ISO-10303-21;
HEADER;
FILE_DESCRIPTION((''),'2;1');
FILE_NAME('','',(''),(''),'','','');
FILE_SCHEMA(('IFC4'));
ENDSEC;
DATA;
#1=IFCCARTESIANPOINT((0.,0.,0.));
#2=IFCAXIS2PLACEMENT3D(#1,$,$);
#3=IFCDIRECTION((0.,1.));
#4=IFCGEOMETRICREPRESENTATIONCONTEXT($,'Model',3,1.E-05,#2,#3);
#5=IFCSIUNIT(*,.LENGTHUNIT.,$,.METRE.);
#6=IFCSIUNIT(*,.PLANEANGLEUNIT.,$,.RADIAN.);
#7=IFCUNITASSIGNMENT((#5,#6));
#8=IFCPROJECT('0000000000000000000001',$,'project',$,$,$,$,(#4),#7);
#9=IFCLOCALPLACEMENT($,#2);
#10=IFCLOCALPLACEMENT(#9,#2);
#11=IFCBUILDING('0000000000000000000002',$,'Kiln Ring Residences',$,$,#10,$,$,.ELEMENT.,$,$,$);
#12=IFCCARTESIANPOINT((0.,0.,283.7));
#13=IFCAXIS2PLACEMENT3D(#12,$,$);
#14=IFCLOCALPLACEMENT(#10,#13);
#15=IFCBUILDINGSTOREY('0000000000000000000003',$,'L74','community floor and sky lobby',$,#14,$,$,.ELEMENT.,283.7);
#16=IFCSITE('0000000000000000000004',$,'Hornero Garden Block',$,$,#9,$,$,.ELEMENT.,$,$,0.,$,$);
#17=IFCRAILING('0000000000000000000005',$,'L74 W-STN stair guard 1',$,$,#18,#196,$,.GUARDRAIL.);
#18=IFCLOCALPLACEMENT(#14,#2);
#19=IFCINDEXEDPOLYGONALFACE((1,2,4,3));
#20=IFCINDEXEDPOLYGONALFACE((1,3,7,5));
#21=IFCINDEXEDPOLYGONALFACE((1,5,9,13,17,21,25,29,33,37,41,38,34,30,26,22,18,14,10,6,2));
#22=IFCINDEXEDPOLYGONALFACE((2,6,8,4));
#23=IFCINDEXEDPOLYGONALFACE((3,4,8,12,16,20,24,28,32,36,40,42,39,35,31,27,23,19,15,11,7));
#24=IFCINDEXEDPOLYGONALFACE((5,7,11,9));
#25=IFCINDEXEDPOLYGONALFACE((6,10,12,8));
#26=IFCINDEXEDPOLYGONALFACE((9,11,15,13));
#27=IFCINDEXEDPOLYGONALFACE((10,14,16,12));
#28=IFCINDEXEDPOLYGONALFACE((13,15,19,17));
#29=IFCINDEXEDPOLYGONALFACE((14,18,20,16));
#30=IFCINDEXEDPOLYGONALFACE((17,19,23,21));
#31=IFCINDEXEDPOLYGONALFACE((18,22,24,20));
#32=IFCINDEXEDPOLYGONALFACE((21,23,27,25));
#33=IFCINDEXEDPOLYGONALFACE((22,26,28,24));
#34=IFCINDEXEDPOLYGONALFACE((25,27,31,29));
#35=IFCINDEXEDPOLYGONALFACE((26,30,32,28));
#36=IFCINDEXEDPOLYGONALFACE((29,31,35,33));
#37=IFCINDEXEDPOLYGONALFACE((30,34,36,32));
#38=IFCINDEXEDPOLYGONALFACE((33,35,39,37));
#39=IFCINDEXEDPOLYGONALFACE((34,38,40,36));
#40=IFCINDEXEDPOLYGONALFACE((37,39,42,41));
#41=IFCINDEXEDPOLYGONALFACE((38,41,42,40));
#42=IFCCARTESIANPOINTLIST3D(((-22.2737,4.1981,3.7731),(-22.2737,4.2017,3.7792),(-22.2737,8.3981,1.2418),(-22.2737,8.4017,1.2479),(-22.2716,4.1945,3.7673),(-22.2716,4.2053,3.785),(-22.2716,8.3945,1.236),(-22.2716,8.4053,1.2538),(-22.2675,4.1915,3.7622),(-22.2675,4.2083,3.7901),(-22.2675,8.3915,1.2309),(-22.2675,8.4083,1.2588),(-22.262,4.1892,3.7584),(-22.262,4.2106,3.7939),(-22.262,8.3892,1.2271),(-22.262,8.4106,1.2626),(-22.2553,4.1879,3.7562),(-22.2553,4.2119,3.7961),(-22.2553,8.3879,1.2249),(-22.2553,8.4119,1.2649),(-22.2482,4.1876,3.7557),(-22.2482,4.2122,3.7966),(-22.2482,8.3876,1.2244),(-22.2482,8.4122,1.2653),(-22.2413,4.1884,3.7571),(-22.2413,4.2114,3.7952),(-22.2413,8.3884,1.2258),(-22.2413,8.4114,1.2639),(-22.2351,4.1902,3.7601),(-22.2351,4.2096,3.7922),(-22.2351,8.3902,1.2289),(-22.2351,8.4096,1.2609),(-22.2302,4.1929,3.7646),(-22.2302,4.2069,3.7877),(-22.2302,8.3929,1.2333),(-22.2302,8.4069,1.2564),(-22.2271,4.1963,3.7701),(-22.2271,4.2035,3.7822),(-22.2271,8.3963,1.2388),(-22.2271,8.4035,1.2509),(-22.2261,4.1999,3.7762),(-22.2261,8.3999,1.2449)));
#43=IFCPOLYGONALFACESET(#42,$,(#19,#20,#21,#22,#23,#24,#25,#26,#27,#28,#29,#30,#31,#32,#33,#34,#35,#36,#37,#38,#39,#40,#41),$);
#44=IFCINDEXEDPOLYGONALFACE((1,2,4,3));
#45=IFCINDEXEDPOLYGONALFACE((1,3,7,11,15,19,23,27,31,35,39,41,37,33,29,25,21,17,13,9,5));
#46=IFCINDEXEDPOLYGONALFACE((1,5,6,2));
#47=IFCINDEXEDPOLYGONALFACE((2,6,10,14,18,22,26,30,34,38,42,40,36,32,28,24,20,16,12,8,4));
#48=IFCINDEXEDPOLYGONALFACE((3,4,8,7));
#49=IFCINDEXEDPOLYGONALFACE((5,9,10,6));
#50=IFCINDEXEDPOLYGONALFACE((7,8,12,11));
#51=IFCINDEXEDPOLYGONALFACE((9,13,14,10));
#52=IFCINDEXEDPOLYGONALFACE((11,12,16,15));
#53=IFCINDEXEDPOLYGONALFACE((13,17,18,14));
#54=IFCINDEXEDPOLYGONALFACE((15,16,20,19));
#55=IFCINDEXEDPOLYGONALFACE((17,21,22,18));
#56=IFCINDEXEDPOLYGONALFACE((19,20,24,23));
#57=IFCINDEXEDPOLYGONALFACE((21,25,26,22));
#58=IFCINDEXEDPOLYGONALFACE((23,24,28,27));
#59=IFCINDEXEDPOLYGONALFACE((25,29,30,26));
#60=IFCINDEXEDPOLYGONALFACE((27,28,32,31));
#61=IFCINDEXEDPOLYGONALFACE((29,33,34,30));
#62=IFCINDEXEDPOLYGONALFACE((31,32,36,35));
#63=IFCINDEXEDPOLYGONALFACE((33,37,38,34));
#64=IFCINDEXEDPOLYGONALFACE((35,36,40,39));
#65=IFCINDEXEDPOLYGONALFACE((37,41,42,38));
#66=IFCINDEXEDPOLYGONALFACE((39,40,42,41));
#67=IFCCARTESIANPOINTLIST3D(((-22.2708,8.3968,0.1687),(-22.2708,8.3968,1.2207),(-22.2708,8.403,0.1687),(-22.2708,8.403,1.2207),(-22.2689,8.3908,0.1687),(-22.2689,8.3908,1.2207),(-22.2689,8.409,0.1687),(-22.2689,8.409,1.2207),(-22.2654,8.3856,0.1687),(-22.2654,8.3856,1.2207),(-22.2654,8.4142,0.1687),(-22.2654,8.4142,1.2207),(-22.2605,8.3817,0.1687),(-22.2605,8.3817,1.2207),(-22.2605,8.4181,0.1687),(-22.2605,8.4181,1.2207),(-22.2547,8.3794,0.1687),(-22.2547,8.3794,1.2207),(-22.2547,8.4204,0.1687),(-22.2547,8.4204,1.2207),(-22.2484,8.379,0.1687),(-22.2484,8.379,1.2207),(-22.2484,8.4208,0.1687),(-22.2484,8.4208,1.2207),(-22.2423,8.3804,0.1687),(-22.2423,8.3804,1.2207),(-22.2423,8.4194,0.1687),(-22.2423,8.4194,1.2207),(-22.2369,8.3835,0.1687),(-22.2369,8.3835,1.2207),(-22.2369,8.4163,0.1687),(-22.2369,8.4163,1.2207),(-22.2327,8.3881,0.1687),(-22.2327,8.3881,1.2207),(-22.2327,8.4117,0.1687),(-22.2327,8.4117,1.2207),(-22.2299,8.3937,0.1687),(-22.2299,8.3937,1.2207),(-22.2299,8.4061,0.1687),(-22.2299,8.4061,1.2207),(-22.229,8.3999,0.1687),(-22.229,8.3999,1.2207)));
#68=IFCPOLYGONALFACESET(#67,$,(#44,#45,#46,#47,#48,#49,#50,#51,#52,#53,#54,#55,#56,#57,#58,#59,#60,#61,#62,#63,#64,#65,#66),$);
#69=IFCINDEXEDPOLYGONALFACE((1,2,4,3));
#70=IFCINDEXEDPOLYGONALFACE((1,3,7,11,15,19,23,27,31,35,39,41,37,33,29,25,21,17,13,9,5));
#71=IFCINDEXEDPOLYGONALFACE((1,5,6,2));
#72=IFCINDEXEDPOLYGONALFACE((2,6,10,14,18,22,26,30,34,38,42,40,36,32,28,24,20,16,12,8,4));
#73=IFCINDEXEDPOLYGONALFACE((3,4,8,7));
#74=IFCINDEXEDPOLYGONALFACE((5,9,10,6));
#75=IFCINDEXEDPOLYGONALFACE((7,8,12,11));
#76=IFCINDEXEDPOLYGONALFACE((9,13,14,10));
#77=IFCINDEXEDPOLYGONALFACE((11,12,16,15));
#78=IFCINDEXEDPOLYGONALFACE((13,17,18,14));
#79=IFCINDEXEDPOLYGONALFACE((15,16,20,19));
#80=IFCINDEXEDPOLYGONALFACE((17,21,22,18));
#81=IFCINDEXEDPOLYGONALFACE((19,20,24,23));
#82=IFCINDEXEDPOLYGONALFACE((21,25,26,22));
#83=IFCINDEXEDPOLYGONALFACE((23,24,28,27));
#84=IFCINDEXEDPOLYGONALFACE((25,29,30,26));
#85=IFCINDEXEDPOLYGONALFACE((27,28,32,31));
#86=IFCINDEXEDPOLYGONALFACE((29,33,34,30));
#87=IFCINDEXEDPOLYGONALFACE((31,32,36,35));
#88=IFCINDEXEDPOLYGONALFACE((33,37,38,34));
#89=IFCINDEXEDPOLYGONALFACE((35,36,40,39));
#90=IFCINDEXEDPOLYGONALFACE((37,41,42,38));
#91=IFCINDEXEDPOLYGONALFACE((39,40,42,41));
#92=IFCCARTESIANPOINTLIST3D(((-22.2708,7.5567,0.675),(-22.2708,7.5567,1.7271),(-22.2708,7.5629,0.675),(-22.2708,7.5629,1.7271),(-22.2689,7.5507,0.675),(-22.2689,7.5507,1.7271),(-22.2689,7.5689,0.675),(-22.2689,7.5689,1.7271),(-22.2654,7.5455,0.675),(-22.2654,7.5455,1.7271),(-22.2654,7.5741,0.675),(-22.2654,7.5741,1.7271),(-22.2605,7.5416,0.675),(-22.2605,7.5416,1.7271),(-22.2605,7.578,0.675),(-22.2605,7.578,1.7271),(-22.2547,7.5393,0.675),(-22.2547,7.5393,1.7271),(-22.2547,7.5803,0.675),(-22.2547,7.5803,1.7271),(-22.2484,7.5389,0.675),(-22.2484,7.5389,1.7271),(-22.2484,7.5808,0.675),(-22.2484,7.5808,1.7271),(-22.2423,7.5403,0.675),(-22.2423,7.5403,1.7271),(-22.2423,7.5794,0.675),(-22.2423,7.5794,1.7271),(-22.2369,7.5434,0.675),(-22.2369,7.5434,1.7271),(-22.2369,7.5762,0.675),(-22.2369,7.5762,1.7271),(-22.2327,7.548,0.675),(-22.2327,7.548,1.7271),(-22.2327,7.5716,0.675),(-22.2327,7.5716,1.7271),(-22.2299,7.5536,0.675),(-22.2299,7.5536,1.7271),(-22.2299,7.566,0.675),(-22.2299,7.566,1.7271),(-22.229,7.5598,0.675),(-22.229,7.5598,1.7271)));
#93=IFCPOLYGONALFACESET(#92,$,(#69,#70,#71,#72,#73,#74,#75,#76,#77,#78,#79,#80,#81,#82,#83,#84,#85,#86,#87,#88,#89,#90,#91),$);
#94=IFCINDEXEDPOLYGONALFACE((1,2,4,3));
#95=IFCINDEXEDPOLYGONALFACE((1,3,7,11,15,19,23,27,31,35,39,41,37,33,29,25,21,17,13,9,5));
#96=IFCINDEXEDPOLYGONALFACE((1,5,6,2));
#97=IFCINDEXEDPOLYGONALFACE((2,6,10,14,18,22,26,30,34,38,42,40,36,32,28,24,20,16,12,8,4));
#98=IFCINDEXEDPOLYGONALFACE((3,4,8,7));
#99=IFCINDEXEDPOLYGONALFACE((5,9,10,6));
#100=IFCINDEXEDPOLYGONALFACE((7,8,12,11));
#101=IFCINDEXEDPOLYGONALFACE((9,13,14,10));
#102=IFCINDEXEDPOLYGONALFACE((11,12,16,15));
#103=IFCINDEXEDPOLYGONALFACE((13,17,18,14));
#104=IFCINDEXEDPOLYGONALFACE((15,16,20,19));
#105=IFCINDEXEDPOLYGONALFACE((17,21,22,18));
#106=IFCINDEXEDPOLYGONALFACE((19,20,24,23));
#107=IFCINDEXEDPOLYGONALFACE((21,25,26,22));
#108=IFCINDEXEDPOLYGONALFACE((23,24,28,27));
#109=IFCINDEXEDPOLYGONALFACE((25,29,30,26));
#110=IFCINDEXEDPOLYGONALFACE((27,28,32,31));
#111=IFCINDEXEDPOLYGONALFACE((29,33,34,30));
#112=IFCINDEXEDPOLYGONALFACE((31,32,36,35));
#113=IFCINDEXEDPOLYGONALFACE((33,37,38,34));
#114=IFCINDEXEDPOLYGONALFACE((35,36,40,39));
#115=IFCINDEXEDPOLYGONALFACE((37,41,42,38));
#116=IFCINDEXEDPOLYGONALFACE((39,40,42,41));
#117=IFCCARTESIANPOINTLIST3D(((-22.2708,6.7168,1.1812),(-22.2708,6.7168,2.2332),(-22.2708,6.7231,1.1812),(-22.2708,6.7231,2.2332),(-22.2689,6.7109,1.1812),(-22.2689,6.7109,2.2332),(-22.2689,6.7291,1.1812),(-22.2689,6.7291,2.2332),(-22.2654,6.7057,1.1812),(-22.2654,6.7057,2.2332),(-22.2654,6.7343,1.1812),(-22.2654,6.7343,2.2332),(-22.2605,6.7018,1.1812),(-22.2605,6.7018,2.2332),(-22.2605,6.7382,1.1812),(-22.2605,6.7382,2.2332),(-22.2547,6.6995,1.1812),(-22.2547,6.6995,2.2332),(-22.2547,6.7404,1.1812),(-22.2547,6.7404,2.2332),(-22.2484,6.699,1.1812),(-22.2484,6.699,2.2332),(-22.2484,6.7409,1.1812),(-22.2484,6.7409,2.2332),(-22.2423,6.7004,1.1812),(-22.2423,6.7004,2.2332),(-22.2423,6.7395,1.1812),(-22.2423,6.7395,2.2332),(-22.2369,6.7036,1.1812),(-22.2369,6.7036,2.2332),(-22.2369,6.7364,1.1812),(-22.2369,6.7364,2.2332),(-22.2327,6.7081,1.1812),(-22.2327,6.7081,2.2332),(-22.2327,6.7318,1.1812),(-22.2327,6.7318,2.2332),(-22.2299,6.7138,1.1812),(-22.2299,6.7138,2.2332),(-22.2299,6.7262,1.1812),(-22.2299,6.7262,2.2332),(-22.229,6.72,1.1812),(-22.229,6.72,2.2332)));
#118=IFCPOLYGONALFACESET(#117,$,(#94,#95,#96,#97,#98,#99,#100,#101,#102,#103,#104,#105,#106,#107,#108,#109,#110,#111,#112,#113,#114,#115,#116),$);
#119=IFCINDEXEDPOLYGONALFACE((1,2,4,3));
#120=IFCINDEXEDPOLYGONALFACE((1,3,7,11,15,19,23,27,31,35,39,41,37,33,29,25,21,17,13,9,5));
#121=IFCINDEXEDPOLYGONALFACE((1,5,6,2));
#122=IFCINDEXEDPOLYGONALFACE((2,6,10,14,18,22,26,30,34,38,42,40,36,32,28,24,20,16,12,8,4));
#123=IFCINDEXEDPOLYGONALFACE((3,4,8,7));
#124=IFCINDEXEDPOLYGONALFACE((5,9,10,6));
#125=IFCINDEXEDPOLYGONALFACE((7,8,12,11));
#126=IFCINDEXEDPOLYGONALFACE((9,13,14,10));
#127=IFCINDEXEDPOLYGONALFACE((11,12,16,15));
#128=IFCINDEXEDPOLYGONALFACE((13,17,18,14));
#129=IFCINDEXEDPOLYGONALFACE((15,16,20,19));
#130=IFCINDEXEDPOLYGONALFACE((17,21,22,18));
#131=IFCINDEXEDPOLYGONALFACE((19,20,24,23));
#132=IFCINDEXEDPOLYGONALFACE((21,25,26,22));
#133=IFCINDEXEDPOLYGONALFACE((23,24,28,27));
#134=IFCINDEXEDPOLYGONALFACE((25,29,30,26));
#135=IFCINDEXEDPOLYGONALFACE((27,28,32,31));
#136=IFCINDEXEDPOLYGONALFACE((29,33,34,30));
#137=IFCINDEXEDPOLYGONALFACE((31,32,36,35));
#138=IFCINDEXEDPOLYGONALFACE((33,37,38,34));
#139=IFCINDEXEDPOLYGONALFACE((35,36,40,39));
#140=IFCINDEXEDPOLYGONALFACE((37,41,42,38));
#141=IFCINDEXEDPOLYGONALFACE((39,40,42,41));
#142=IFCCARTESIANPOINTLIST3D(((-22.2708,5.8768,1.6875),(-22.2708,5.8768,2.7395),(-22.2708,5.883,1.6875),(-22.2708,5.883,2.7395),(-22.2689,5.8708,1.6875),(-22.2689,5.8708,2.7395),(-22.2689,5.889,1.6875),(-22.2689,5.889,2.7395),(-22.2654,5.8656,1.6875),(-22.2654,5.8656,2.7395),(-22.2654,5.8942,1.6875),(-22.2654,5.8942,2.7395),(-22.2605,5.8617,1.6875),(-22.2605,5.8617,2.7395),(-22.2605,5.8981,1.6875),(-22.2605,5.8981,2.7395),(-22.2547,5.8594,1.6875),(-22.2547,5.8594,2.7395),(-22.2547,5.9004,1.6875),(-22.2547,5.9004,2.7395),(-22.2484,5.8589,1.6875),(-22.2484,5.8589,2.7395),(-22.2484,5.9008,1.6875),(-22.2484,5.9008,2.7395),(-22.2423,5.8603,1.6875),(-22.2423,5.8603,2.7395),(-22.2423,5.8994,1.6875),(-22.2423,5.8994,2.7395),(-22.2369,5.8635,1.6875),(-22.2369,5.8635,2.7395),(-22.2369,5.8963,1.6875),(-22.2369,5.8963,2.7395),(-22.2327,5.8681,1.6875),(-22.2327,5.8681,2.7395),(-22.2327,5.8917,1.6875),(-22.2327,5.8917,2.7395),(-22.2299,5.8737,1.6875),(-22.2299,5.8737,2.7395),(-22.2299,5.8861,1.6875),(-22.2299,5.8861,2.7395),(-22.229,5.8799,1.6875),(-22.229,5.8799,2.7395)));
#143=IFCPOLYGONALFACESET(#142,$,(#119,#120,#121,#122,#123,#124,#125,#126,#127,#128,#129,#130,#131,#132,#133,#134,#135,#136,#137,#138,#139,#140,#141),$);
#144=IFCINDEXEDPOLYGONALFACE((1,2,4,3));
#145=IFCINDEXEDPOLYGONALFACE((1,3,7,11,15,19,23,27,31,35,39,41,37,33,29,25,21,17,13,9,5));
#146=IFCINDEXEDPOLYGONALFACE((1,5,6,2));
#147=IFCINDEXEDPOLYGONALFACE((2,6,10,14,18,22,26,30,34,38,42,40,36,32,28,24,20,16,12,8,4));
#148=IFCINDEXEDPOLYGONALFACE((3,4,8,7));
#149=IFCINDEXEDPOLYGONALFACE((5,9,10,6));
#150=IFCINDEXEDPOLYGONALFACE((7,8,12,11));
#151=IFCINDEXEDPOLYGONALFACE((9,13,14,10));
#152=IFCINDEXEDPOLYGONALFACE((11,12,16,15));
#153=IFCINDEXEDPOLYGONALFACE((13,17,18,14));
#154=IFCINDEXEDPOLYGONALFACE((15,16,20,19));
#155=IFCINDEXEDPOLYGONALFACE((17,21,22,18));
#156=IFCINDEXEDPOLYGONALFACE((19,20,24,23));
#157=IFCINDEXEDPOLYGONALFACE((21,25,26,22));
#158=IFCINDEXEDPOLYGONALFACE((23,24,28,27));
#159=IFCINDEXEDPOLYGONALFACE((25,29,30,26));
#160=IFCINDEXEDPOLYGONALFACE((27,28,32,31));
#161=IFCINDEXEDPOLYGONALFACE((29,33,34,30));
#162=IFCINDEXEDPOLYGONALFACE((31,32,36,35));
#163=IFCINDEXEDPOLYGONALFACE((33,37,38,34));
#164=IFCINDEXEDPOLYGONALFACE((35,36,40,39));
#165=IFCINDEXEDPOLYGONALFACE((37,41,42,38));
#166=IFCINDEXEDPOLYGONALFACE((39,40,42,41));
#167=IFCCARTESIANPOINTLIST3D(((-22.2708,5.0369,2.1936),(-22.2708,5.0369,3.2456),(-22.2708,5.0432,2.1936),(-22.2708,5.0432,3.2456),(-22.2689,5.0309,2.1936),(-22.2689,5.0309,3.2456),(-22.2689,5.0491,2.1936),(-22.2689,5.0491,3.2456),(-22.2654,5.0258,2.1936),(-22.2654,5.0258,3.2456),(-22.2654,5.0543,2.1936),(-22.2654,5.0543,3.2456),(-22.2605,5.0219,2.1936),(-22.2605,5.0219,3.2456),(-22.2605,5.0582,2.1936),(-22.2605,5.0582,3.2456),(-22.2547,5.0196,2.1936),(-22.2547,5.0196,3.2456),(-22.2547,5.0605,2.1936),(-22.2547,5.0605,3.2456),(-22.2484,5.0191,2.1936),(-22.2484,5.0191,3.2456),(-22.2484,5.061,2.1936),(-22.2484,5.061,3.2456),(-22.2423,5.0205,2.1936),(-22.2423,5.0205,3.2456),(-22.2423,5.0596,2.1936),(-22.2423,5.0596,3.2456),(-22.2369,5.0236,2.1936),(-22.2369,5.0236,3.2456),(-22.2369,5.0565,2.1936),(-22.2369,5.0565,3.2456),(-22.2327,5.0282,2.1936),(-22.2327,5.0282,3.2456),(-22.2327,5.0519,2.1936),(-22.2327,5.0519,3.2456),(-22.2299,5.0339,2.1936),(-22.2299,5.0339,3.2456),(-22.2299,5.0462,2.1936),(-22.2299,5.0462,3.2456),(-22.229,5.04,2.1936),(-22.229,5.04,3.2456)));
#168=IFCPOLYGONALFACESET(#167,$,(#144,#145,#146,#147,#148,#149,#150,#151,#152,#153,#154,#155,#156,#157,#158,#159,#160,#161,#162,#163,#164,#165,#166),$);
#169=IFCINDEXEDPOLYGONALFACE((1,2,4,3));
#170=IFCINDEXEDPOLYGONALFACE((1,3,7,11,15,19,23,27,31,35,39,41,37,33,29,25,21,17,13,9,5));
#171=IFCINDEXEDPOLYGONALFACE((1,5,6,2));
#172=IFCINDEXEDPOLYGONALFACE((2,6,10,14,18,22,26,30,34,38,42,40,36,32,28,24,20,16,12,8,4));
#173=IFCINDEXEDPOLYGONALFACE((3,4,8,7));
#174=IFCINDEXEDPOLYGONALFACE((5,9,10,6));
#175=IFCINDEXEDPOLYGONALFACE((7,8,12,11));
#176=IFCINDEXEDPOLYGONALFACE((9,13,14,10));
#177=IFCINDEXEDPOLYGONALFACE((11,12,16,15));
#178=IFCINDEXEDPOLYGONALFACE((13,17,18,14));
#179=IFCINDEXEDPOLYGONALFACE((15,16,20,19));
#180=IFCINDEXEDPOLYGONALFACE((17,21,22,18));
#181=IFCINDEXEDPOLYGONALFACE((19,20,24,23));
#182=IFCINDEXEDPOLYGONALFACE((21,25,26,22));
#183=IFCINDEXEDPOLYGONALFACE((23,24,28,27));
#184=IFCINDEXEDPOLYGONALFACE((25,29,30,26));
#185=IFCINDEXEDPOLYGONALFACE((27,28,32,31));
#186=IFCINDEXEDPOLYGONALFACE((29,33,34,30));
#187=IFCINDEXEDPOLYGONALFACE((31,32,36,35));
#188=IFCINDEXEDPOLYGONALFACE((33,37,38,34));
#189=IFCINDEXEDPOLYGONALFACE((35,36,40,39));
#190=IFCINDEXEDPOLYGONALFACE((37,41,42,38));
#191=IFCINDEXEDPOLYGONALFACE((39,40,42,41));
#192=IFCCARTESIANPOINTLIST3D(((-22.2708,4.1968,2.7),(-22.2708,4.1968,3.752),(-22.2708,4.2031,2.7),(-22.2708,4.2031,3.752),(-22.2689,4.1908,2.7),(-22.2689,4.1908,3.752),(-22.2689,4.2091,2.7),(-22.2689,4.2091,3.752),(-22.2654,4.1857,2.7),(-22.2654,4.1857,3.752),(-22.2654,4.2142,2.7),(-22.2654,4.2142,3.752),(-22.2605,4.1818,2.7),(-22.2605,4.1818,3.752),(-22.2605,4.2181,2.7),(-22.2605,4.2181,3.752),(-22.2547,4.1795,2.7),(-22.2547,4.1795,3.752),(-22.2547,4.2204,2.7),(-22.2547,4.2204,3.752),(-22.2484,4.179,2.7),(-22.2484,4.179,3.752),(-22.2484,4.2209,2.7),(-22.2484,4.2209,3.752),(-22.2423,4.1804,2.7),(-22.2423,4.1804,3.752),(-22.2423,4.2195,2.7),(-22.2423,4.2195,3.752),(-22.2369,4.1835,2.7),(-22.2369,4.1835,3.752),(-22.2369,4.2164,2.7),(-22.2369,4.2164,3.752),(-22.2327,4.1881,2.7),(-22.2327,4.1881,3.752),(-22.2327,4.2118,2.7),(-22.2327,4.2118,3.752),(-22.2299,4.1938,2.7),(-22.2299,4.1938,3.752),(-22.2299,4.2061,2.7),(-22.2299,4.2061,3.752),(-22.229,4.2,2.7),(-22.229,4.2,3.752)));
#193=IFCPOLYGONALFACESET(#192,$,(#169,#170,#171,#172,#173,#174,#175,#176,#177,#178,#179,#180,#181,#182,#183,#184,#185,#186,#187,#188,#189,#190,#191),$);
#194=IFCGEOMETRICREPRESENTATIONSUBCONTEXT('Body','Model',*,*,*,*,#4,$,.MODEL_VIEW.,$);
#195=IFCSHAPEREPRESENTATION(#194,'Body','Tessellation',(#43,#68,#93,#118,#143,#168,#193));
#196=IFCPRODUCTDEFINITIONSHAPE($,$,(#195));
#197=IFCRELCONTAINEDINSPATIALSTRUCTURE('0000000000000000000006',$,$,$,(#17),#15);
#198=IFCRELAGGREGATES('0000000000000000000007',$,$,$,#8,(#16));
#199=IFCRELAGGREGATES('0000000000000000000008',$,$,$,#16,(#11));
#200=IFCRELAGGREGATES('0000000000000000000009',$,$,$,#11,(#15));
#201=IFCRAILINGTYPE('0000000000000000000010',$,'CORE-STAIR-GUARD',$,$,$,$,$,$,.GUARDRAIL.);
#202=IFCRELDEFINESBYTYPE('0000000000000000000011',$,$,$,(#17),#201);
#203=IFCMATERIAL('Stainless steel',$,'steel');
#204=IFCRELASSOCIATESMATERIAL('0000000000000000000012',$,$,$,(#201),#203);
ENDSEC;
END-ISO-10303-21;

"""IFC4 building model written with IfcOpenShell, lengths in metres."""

from ifc_helpers import new_model, si_unit, direction, frame, origin, origin_2d, place, context, subcontext, project, spatial, circle, extrude, material, type_object, element, save


model = new_model("IFC4")

# Units and contexts
model_context = context("Model", 3, precision=1e-05, world=origin(), true_north=direction((0.0, 1.0)))
body_context = subcontext(model_context, "Body", "Model", "MODEL_VIEW")
ifc_project = project(units=[si_unit("LENGTHUNIT", "METRE"), si_unit("PLANEANGLEUNIT", "RADIAN")], contexts=[model_context])

# Site, building, storey
site_placement = place(None, origin())
site = spatial("IfcSite", under=ifc_project, at=site_placement, Name="Hornero Garden Block", CompositionType="ELEMENT", RefElevation=0.0)
building_placement = place(site_placement, origin())
building = spatial("IfcBuilding", under=site, at=building_placement, Name="Kiln Ring Residences", CompositionType="ELEMENT")
storey_placement = place(building_placement, frame((0.0, 0.0, 283.7)))
storey = spatial("IfcBuildingStorey", under=building, at=storey_placement, Name="L74", Description="community floor and sky lobby", CompositionType="ELEMENT", Elevation=283.7)

# Railing
ifc_material_1 = material(Name="Stainless steel", Category="steel")
railing_type_1 = type_object("IfcRailingType", Name="CORE-STAIR-GUARD", PredefinedType="GUARDRAIL", material=ifc_material_1)
railing_1_placement = place(storey_placement, frame((-22.25, 8.3999, 0.1687)))
element("IfcRailing", 1, at=railing_1_placement, inside=storey, type_object=railing_type_1, Name="L74 W-STN stair guard 1", PredefinedType="GUARDRAIL", context=body_context, shape_type="SweptSolid", body=[
    extrude(circle(Radius=0.0239, at=origin_2d()), frame((0.0, 0.0, 1.0762), z_axis=(0.0, -0.856476, 0.516186), x_axis=(1.0, 0.0, 0.0)), (0.0, 0.0, 1.0), 4.9038),
    extrude(circle(Radius=0.021, at=origin_2d()), origin(), (0.0, 0.0, 1.0), 1.052),
    extrude(circle(Radius=0.021, at=origin_2d()), frame((0.0, -0.8401, 0.5063)), (0.0, 0.0, 1.0), 1.052),
    extrude(circle(Radius=0.021, at=origin_2d()), frame((0.0, -1.6799, 1.0125)), (0.0, 0.0, 1.0), 1.052),
    extrude(circle(Radius=0.021, at=origin_2d()), frame((0.0, -2.52, 1.5188)), (0.0, 0.0, 1.0), 1.052),
    extrude(circle(Radius=0.021, at=origin_2d()), frame((0.0, -3.3599, 2.0249)), (0.0, 0.0, 1.0), 1.052),
    extrude(circle(Radius=0.021, at=origin_2d()), frame((0.0, -4.2, 2.5312)), (0.0, 0.0, 1.0), 1.052),
])

save(model, "model.ifc")
